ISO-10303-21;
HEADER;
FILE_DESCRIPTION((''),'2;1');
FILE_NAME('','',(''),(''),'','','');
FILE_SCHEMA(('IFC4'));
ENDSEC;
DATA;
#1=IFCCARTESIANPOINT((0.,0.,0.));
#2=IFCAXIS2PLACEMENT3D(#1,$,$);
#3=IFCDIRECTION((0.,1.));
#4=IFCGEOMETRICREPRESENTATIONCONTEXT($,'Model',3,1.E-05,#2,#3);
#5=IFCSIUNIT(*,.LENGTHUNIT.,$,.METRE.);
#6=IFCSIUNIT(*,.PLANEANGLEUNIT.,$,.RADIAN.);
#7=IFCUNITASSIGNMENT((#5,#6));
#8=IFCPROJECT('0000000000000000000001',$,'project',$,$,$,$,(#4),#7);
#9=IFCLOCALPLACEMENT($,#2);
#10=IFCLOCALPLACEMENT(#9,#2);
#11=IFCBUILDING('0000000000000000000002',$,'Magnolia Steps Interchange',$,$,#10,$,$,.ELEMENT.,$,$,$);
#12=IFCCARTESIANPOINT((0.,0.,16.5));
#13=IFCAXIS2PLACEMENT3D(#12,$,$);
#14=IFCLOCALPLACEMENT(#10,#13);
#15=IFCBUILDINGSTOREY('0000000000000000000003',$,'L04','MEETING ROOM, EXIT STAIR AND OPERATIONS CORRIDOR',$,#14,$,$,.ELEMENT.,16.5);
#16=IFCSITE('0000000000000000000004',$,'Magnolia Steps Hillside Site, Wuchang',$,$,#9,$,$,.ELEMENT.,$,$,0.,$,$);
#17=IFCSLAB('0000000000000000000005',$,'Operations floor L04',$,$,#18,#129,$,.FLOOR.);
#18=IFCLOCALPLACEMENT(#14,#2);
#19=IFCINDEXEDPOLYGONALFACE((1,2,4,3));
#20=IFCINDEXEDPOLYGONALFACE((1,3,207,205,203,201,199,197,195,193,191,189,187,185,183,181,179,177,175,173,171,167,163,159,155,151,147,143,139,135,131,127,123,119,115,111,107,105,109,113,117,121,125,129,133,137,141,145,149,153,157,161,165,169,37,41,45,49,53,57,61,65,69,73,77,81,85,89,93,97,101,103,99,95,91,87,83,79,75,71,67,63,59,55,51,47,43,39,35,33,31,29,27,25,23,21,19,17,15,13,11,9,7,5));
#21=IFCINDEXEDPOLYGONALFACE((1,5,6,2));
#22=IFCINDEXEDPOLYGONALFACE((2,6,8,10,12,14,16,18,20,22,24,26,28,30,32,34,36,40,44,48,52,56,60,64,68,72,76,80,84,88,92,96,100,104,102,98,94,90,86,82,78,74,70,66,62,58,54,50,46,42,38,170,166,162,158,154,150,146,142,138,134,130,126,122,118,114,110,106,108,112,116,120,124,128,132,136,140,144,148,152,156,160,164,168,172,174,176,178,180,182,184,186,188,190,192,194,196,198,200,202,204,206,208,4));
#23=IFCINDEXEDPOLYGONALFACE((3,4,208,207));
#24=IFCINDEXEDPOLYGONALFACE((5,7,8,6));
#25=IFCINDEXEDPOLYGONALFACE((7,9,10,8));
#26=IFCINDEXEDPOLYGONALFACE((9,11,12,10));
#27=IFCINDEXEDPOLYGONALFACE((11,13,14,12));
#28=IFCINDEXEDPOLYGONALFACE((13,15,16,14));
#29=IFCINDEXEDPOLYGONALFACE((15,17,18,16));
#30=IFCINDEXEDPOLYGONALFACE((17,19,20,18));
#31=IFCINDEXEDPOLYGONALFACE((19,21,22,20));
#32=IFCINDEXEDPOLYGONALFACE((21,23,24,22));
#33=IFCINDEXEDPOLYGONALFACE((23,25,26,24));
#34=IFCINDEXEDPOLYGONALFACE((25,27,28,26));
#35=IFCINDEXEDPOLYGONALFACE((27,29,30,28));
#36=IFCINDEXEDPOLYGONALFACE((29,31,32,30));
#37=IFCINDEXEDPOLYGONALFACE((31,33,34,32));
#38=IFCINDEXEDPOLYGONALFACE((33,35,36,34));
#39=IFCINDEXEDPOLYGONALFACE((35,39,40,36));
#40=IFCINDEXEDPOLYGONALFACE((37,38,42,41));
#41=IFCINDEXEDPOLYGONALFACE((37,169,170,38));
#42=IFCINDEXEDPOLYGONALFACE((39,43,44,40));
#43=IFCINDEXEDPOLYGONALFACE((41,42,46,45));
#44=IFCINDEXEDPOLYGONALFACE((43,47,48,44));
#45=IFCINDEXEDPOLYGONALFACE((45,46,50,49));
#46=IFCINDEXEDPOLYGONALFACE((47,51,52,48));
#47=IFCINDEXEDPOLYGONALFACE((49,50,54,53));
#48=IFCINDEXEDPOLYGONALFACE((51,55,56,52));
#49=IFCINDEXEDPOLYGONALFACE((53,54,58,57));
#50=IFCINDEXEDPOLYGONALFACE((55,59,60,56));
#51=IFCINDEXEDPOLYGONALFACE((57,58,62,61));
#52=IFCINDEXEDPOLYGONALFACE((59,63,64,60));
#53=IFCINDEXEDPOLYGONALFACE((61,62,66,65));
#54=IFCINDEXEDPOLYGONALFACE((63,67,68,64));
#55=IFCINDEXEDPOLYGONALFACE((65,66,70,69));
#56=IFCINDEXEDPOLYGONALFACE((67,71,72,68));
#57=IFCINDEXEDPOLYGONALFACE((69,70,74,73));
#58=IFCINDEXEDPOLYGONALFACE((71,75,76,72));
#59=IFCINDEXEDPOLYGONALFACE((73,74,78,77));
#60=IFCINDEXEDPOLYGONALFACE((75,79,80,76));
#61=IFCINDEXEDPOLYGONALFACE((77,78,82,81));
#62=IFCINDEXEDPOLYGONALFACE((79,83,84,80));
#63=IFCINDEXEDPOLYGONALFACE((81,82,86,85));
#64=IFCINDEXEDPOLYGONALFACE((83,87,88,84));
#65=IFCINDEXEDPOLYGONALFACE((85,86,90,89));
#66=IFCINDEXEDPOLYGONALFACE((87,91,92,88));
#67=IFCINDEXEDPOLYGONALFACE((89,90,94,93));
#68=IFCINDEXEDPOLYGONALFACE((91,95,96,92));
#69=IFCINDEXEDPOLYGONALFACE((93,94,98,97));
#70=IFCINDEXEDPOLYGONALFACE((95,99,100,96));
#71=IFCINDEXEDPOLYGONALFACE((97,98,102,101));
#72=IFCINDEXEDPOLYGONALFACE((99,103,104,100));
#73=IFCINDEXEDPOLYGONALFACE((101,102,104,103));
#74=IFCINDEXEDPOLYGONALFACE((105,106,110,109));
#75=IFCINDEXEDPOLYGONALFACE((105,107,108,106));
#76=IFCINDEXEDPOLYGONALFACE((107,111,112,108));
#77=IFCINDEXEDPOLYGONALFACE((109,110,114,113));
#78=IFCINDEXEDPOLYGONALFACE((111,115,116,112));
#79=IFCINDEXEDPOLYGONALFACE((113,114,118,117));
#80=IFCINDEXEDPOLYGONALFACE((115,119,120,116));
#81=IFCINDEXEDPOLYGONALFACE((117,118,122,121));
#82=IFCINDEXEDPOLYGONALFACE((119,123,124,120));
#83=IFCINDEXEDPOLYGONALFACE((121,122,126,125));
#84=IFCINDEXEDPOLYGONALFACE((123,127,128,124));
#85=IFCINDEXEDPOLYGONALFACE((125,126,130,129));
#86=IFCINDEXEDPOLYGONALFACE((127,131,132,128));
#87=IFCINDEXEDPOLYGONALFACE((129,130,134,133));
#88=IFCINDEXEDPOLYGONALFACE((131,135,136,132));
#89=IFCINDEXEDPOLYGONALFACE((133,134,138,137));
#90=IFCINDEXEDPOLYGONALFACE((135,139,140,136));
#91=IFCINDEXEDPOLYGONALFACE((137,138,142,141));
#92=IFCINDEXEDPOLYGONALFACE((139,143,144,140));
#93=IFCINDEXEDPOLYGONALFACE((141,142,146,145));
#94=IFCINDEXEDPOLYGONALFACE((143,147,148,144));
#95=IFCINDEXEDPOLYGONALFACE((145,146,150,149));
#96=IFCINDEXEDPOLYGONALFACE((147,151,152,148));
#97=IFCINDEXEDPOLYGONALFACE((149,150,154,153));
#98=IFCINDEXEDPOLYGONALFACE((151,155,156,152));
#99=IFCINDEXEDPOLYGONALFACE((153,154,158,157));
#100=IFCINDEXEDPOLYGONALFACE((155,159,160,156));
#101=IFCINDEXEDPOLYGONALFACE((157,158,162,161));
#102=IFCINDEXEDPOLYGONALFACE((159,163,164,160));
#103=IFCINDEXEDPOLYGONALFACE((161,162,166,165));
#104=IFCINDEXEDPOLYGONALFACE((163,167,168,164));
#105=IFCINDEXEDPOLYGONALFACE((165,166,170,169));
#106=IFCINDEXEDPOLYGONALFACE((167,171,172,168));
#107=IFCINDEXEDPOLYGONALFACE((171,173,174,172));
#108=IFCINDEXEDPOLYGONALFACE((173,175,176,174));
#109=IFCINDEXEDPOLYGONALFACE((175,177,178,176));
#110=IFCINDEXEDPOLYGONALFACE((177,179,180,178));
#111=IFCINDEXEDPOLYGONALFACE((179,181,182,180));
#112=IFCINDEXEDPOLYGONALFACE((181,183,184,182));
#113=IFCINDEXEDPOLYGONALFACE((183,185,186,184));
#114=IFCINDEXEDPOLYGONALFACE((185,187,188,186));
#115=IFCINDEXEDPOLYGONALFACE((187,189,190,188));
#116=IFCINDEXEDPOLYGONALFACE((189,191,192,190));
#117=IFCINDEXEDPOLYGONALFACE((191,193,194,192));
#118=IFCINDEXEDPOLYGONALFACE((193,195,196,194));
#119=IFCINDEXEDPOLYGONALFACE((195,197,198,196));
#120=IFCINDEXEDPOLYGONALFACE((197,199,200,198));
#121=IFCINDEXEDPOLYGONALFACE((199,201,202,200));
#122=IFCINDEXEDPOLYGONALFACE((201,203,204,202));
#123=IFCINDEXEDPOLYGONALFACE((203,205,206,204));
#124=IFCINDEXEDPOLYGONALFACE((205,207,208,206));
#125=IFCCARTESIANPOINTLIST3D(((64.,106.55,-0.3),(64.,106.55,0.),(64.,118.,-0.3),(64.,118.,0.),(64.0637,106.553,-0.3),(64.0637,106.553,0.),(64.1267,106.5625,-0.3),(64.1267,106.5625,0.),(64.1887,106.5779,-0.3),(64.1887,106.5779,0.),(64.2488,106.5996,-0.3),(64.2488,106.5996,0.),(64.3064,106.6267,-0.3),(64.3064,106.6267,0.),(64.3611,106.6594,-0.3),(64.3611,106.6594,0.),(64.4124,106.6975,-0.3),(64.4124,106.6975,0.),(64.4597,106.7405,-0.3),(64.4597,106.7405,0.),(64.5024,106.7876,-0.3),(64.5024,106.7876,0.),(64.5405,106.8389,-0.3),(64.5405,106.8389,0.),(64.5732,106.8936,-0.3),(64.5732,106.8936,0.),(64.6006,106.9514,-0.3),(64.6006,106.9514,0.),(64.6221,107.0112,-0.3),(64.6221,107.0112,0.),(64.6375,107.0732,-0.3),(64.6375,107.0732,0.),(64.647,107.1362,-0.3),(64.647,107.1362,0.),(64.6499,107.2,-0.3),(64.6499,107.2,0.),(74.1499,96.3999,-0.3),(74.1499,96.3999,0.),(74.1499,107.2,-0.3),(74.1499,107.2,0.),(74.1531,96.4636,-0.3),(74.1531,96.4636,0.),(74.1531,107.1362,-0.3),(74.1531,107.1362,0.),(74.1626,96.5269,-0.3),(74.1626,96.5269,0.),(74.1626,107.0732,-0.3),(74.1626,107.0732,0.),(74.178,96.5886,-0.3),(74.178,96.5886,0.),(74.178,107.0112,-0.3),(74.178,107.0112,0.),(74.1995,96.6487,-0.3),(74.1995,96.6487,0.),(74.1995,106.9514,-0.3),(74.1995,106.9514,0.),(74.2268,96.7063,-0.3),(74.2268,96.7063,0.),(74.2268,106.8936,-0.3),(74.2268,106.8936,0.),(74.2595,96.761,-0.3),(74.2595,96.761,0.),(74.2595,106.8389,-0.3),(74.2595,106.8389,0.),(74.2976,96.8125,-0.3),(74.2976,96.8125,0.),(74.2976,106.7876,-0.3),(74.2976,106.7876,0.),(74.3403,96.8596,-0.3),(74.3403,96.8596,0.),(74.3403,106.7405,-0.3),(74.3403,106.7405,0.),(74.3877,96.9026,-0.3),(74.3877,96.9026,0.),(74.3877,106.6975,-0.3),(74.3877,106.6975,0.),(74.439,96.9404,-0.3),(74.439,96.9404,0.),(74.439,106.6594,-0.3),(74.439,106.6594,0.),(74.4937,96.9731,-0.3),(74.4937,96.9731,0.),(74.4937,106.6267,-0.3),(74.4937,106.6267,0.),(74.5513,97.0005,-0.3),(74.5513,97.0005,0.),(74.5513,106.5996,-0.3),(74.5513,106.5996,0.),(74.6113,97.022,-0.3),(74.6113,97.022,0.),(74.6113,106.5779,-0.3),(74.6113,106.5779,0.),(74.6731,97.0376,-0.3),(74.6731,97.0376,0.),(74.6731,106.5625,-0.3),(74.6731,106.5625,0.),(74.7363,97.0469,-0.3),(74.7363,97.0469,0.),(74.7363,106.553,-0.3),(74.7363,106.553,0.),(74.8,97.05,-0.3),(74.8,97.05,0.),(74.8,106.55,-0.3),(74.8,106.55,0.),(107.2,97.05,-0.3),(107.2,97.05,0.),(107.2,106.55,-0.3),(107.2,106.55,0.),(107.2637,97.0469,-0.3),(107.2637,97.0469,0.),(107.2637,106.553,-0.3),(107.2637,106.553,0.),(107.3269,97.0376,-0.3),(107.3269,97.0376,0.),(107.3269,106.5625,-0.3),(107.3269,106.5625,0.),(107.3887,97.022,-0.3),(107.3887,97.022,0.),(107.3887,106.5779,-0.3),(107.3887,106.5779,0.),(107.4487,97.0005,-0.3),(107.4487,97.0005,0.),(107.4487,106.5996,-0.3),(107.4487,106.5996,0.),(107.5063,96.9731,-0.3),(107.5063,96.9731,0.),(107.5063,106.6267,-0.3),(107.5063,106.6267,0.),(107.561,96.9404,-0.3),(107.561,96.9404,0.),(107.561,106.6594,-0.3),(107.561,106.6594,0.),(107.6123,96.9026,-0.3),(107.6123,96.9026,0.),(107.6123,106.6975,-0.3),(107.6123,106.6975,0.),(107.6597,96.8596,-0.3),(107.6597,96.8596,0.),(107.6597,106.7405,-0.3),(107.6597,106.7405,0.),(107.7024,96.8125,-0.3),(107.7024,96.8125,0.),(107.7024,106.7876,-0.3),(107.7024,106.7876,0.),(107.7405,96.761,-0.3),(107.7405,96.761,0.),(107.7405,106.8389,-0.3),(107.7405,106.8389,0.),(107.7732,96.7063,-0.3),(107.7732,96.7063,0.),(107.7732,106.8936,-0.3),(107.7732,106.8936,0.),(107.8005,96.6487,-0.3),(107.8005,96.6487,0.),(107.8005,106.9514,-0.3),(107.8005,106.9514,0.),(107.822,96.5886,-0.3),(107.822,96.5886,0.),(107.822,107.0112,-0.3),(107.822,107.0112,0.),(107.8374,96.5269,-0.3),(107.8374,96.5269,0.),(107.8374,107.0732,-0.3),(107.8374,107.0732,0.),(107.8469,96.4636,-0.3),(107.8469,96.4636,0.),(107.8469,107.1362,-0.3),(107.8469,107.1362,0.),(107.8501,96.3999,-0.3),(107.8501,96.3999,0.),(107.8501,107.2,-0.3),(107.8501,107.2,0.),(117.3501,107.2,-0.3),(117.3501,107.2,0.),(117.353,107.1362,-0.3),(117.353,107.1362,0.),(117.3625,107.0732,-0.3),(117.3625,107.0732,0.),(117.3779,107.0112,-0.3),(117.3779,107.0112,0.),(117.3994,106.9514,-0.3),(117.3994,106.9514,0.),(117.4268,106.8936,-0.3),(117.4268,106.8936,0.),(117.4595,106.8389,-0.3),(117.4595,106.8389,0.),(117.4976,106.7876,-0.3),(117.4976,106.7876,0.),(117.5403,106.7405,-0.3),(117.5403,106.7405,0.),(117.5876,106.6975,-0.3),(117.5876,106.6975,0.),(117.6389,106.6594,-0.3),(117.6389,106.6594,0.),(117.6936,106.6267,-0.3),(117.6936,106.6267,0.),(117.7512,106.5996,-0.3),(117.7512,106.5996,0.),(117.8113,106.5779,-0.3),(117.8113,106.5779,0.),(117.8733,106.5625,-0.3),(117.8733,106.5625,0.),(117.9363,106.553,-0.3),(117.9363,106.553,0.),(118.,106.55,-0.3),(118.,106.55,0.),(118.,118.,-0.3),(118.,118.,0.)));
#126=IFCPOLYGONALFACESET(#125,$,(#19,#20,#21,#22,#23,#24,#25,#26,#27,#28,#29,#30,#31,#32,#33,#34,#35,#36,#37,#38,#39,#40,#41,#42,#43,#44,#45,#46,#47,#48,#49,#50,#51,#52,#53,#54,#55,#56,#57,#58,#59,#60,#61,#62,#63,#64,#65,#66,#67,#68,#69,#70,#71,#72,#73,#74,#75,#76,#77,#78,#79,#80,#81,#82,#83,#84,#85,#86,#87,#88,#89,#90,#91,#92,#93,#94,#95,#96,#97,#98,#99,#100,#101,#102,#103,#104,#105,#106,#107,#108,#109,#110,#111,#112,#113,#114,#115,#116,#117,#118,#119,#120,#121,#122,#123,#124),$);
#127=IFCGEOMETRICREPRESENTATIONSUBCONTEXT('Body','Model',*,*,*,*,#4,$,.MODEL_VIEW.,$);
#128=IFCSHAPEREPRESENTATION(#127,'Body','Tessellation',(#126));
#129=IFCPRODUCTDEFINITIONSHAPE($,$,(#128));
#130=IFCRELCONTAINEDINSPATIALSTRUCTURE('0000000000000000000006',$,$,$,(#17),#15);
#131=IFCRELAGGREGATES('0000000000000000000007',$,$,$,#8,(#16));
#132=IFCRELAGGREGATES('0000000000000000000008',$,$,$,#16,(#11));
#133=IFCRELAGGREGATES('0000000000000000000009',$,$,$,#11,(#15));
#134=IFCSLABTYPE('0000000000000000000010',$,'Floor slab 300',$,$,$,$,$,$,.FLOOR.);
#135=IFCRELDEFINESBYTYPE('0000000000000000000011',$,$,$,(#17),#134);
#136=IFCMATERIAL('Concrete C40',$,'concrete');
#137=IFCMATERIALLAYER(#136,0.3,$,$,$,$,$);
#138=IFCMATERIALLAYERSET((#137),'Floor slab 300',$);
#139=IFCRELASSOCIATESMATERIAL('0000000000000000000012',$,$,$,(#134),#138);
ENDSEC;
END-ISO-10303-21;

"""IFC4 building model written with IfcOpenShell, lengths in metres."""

from ifc_helpers import new_model, si_unit, direction, frame, origin, place, context, subcontext, project, spatial, polyline, outline, extrude, material, layer, layer_set, type_object, element, save


model = new_model("IFC4")

# Units and contexts
model_context = context("Model", 3, precision=1e-05, world=origin(), true_north=direction((0.0, 1.0)))
body_context = subcontext(model_context, "Body", "Model", "MODEL_VIEW")
ifc_project = project(units=[si_unit("LENGTHUNIT", "METRE"), si_unit("PLANEANGLEUNIT", "RADIAN")], contexts=[model_context])

# Site, building, storey
site_placement = place(None, origin())
site = spatial("IfcSite", under=ifc_project, at=site_placement, Name="Magnolia Steps Hillside Site, Wuchang", CompositionType="ELEMENT", RefElevation=0.0)
building_placement = place(site_placement, origin())
building = spatial("IfcBuilding", under=site, at=building_placement, Name="Magnolia Steps Interchange", CompositionType="ELEMENT")
storey_placement = place(building_placement, frame((0.0, 0.0, 16.5)))
storey = spatial("IfcBuildingStorey", under=building, at=storey_placement, Name="L04", Description="MEETING ROOM, EXIT STAIR AND OPERATIONS CORRIDOR", CompositionType="ELEMENT", Elevation=16.5)

# Slab
ifc_material_1 = material(Name="Concrete C40", Category="concrete")
ifc_layer_1 = layer(ifc_material_1, 0.3)
ifc_layer_set_1 = layer_set([ifc_layer_1], Name="Floor slab 300")
slab_type_1 = type_object("IfcSlabType", Name="Floor slab 300", PredefinedType="FLOOR", material=ifc_layer_set_1)
slab_1_placement = place(storey_placement, frame((0.0, 0.0, -0.3)))
element("IfcSlab", 1, at=slab_1_placement, inside=storey, type_object=slab_type_1, Name="Operations floor L04", PredefinedType="FLOOR", context=body_context, shape_type="SweptSolid", body=[
    extrude(outline(polyline([(64.0, 106.55), (64.0637, 106.553), (64.1267, 106.5625), (64.1887, 106.5779), (64.2488, 106.5996), (64.3064, 106.6267), (64.3611, 106.6594), (64.4124, 106.6975), (64.4597, 106.7405), (64.5024, 106.7876), (64.5405, 106.8389), (64.5732, 106.8936), (64.6006, 106.9514), (64.6221, 107.0112), (64.6375, 107.0732), (64.647, 107.1362), (64.6499, 107.2), (74.1499, 107.2), (74.1531, 107.1362), (74.1626, 107.0732), (74.178, 107.0112), (74.1995, 106.9514), (74.2268, 106.8936), (74.2595, 106.8389), (74.2976, 106.7876), (74.3403, 106.7405), (74.3877, 106.6975), (74.439, 106.6594), (74.4937, 106.6267), (74.5513, 106.5996), (74.6113, 106.5779), (74.6731, 106.5625), (74.7363, 106.553), (74.8, 106.55), (74.8, 97.05), (74.7363, 97.0469), (74.6731, 97.0376), (74.6113, 97.022), (74.5513, 97.0005), (74.4937, 96.9731), (74.439, 96.9404), (74.3877, 96.9026), (74.3403, 96.8596), (74.2976, 96.8125), (74.2595, 96.761), (74.2268, 96.7063), (74.1995, 96.6487), (74.178, 96.5886), (74.1626, 96.5269), (74.1531, 96.4636), (74.1499, 96.3999), (107.8501, 96.3999), (107.8469, 96.4636), (107.8374, 96.5269), (107.822, 96.5886), (107.8005, 96.6487), (107.7732, 96.7063), (107.7405, 96.761), (107.7024, 96.8125), (107.6597, 96.8596), (107.6123, 96.9026), (107.561, 96.9404), (107.5063, 96.9731), (107.4487, 97.0005), (107.3887, 97.022), (107.3269, 97.0376), (107.2637, 97.0469), (107.2, 97.05), (107.2, 106.55), (107.2637, 106.553), (107.3269, 106.5625), (107.3887, 106.5779), (107.4487, 106.5996), (107.5063, 106.6267), (107.561, 106.6594), (107.6123, 106.6975), (107.6597, 106.7405), (107.7024, 106.7876), (107.7405, 106.8389), (107.7732, 106.8936), (107.8005, 106.9514), (107.822, 107.0112), (107.8374, 107.0732), (107.8469, 107.1362), (107.8501, 107.2), (117.3501, 107.2), (117.353, 107.1362), (117.3625, 107.0732), (117.3779, 107.0112), (117.3994, 106.9514), (117.4268, 106.8936), (117.4595, 106.8389), (117.4976, 106.7876), (117.5403, 106.7405), (117.5876, 106.6975), (117.6389, 106.6594), (117.6936, 106.6267), (117.7512, 106.5996), (117.8113, 106.5779), (117.8733, 106.5625), (117.9363, 106.553), (118.0, 106.55), (118.0, 118.0), (64.0, 118.0), (64.0, 106.55)])), origin(), (0.0, 0.0, 1.0), 0.3),
])

save(model, "model.ifc")
